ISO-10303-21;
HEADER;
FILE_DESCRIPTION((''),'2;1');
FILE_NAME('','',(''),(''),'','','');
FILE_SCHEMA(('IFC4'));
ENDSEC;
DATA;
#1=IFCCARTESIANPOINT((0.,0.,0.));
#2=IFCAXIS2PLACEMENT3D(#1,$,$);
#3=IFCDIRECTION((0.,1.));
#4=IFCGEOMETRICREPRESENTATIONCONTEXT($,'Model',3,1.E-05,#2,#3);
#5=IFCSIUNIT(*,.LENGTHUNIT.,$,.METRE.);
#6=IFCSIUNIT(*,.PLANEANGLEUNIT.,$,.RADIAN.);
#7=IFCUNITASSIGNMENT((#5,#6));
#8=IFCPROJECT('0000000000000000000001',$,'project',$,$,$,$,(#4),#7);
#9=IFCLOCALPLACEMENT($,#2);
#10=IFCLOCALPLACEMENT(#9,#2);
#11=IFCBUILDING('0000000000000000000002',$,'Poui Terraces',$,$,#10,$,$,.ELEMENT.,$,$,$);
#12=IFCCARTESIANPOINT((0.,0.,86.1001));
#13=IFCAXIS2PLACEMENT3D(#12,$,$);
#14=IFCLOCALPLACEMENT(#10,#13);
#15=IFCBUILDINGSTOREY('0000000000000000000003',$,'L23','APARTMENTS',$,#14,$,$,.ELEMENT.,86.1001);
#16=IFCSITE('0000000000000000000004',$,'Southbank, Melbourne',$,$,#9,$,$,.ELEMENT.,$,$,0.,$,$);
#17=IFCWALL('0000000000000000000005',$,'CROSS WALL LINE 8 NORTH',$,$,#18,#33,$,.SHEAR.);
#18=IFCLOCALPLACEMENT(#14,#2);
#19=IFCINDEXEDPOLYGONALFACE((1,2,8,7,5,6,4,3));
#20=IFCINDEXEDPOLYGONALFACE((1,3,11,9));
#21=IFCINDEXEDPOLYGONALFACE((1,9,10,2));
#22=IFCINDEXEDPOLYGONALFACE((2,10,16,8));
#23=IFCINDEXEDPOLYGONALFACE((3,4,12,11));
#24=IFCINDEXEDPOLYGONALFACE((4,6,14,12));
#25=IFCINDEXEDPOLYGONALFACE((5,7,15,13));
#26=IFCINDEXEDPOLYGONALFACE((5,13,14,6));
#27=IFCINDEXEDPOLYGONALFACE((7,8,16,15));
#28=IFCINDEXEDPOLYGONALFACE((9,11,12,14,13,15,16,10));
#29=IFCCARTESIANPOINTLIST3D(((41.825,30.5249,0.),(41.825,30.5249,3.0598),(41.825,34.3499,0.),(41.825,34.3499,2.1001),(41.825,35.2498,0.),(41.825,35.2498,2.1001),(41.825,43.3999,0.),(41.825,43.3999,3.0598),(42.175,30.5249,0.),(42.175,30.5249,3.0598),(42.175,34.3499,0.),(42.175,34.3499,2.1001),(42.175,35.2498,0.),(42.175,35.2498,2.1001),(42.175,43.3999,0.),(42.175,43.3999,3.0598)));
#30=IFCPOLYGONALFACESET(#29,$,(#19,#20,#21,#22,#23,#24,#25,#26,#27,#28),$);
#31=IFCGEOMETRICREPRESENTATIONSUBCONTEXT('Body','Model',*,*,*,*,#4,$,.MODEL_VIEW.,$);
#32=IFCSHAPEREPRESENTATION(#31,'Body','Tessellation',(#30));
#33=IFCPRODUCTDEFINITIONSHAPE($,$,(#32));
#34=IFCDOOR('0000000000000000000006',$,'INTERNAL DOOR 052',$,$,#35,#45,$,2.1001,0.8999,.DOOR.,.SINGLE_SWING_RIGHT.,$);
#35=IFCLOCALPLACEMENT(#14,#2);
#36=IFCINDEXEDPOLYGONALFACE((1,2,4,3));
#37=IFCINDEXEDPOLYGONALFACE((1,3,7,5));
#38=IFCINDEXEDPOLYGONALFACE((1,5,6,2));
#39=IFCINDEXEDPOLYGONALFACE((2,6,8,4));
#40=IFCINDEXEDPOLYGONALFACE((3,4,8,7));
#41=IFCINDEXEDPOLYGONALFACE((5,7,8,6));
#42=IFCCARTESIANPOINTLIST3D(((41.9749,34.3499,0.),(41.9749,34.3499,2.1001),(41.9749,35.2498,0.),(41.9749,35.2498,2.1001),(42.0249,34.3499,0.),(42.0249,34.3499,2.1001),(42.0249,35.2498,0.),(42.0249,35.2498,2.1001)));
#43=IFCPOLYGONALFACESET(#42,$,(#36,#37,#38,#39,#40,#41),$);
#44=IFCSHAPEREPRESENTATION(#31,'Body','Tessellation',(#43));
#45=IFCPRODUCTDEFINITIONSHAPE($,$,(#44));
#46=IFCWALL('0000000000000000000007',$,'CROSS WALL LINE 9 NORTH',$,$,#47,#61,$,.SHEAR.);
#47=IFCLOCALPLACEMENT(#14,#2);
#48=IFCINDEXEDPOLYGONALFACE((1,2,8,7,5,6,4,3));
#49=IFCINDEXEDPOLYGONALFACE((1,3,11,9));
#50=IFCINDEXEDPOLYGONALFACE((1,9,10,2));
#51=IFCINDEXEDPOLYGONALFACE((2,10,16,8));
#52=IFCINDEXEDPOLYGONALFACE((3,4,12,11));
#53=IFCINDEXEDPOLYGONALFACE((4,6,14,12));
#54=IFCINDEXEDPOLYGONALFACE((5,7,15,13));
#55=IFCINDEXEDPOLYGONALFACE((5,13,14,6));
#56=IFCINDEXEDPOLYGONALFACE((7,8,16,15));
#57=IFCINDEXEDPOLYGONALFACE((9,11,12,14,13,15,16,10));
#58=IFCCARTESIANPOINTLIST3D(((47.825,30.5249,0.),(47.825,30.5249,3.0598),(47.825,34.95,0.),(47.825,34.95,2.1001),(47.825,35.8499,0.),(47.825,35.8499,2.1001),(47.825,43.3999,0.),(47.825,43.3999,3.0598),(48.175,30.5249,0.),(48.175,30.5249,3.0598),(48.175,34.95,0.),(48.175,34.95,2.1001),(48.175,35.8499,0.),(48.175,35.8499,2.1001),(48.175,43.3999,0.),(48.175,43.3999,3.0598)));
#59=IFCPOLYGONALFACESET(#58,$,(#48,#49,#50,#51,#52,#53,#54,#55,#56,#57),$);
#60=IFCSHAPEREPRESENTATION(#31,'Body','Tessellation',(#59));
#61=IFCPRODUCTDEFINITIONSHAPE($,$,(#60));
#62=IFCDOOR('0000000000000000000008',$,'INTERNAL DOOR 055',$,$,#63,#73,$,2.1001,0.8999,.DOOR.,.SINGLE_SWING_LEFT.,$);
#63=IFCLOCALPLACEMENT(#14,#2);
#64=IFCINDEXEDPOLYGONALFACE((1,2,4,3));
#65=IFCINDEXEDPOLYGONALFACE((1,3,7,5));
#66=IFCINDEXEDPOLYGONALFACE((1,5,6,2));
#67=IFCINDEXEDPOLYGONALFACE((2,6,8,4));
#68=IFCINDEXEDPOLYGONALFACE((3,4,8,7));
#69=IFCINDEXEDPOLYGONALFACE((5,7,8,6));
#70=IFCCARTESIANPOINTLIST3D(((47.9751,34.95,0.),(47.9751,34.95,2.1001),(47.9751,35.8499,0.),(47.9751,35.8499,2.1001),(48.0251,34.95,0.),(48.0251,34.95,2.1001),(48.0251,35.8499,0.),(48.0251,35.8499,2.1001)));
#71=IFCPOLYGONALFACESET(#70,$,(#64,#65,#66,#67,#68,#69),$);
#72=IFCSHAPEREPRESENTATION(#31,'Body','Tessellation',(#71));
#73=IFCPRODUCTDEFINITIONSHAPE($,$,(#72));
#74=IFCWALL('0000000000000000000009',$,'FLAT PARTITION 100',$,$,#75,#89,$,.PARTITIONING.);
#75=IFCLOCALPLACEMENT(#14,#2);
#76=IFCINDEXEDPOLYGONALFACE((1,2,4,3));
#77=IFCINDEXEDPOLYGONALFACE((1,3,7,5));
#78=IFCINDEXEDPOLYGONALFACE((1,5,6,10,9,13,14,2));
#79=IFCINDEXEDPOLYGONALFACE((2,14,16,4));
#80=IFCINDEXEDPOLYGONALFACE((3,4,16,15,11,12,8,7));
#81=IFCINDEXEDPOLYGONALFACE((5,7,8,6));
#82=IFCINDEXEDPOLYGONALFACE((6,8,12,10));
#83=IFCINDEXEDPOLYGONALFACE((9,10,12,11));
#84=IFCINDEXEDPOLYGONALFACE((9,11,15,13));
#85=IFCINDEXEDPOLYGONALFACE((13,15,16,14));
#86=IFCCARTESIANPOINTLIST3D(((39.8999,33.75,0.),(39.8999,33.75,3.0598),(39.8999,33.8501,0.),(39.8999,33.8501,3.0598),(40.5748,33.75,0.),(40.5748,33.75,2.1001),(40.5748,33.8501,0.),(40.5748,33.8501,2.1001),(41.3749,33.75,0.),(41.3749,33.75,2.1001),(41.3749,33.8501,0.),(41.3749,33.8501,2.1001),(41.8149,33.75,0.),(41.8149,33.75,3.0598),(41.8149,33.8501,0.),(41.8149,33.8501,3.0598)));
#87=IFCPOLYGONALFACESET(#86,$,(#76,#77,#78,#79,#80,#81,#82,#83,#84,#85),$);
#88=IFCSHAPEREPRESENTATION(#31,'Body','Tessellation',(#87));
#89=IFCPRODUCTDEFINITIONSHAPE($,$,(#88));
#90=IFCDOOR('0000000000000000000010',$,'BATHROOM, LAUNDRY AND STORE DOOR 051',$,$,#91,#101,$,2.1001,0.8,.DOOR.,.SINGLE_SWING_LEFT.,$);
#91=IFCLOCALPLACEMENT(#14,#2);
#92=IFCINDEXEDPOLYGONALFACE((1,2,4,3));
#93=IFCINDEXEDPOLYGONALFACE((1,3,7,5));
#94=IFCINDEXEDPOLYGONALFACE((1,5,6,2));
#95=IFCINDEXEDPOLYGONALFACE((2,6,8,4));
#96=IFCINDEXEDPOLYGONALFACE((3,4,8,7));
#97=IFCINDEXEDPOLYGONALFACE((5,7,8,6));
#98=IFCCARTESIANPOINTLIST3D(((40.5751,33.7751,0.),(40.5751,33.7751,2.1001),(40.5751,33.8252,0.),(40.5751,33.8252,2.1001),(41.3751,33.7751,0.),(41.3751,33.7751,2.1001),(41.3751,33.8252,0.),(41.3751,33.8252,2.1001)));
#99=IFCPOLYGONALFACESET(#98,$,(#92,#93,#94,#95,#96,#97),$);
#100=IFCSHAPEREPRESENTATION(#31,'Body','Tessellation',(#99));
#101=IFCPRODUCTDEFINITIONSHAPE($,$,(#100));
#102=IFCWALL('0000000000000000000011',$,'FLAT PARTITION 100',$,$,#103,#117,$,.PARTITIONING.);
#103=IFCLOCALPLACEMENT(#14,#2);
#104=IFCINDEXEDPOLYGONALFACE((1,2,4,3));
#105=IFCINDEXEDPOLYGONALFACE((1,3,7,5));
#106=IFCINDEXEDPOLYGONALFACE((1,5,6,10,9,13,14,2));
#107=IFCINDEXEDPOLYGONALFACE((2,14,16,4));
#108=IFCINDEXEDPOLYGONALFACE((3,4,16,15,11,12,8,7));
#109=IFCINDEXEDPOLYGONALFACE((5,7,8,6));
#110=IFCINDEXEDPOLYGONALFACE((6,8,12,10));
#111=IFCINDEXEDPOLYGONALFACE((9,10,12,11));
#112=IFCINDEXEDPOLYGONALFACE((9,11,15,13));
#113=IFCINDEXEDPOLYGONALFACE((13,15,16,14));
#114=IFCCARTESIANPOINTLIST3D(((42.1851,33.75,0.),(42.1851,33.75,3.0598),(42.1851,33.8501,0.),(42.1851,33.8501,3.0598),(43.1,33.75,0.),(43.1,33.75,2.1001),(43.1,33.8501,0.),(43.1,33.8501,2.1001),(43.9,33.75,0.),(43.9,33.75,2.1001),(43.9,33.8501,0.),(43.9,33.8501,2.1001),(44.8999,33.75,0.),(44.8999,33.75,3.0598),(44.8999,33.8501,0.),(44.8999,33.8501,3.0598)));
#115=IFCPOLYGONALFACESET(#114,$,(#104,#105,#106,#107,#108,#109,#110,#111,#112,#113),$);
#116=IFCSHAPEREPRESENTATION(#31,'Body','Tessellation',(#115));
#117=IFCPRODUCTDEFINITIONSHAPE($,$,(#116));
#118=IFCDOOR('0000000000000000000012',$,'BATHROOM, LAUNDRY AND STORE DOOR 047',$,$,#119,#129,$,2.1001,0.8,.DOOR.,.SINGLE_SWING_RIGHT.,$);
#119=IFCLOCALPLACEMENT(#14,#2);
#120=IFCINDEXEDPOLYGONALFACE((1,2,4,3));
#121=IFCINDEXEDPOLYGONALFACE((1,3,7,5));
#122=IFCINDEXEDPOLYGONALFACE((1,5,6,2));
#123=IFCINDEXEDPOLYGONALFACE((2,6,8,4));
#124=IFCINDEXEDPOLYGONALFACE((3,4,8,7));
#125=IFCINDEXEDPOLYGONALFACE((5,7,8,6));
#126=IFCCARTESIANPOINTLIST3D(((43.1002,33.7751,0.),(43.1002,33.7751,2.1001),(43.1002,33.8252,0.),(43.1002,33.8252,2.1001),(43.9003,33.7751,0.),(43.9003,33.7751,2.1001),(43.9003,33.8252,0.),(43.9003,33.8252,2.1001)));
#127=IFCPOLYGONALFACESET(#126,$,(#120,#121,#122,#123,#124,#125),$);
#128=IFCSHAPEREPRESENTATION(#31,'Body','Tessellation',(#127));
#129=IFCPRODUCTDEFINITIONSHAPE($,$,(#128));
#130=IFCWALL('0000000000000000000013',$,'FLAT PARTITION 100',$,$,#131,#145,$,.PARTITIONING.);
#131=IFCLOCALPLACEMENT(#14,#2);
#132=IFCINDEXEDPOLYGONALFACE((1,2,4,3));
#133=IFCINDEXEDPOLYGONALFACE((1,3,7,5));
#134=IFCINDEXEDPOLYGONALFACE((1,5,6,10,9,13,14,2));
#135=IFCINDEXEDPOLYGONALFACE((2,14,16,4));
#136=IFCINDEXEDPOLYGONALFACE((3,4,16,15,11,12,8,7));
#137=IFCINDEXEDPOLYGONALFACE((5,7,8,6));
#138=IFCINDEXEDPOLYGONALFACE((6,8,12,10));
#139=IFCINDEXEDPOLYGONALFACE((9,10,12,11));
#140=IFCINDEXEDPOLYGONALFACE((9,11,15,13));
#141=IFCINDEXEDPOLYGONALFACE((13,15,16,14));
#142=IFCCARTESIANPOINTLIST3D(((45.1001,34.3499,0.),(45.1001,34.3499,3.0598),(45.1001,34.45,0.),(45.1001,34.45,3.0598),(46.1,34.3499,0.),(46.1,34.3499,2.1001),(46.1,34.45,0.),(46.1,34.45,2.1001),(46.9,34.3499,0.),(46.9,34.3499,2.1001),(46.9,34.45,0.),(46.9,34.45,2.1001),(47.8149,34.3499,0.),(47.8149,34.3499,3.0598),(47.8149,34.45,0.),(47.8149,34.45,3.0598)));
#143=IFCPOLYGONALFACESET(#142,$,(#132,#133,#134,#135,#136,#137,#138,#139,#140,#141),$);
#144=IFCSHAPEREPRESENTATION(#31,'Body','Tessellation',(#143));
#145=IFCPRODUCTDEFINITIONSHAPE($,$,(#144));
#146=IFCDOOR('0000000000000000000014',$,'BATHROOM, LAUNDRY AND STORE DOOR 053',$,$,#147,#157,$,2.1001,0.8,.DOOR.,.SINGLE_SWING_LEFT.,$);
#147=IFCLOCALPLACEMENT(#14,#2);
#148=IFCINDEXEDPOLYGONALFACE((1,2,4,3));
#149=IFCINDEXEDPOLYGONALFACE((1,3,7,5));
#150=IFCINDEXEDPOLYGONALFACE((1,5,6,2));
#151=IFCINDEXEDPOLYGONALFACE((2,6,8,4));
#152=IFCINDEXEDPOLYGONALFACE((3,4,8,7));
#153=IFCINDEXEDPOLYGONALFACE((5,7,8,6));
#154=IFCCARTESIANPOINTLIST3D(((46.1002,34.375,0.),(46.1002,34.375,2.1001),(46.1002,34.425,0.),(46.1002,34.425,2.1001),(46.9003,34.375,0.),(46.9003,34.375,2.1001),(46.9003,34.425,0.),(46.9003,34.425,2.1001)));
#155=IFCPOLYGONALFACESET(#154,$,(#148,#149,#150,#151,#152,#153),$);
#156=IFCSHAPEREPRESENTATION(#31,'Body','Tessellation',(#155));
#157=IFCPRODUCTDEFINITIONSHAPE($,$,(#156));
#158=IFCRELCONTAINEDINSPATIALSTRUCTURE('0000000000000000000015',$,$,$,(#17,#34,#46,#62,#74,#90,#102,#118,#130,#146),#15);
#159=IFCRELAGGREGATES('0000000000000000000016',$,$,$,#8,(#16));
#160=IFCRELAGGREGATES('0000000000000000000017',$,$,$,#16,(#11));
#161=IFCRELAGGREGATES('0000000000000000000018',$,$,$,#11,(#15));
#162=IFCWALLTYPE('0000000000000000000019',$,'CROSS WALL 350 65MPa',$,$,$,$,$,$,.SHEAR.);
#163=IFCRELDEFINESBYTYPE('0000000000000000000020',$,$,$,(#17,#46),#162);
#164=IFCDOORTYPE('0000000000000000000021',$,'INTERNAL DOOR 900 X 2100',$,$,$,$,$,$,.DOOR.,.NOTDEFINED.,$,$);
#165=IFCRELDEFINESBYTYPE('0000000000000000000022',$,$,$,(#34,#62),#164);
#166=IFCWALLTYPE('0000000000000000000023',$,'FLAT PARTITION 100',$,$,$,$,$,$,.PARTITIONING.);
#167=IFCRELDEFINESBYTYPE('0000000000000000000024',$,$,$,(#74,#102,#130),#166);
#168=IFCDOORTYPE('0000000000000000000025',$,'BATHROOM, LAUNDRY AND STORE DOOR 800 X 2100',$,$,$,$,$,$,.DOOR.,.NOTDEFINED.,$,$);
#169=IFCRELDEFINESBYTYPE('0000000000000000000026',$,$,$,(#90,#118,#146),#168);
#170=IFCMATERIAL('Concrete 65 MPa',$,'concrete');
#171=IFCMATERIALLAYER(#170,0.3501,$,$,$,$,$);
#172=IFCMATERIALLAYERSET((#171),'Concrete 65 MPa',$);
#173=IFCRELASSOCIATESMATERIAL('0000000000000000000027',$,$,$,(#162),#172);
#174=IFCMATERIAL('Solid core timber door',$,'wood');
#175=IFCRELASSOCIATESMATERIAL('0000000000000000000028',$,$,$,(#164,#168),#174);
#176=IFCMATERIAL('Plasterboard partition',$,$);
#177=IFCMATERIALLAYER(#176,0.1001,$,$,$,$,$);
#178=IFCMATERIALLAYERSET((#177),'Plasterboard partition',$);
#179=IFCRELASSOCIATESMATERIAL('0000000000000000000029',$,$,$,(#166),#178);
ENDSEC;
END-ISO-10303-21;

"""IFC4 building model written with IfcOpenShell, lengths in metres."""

from ifc_helpers import new_model, si_unit, direction, frame, frame_2d, origin, place, context, subcontext, project, spatial, rectangle, extrude, material, layer, layer_set, type_object, element, fill, save


model = new_model("IFC4")

# Units and contexts
model_context = context("Model", 3, precision=1e-05, world=origin(), true_north=direction((0.0, 1.0)))
body_context = subcontext(model_context, "Body", "Model", "MODEL_VIEW")
ifc_project = project(units=[si_unit("LENGTHUNIT", "METRE"), si_unit("PLANEANGLEUNIT", "RADIAN")], contexts=[model_context])

# Site, building, storey
site_placement = place(None, origin())
site = spatial("IfcSite", under=ifc_project, at=site_placement, Name="Southbank, Melbourne", CompositionType="ELEMENT", RefElevation=0.0)
building_placement = place(site_placement, origin())
building = spatial("IfcBuilding", under=site, at=building_placement, Name="Poui Terraces", CompositionType="ELEMENT")
storey_placement = place(building_placement, frame((0.0, 0.0, 86.1001)))
storey = spatial("IfcBuildingStorey", under=building, at=storey_placement, Name="L23", Description="APARTMENTS", CompositionType="ELEMENT", Elevation=86.1001)

# Walls, openings, doors
ifc_material_1 = material(Name="Concrete 65 MPa", Category="concrete")
ifc_layer_1 = layer(ifc_material_1, 0.3501)
ifc_layer_set_1 = layer_set([ifc_layer_1], Name="Concrete 65 MPa")
wall_type_1 = type_object("IfcWallType", Name="CROSS WALL 350 65MPa", PredefinedType="SHEAR", material=ifc_layer_set_1)
wall_1_placement = place(storey_placement, frame((42.0, 30.5249, 0.0), z_axis=(0.0, 0.0, 1.0), x_axis=(0.0, 1.0, 0.0)))
wall_1 = element("IfcWall", 1, at=wall_1_placement, inside=storey, type_object=wall_type_1, Name="CROSS WALL LINE 8 NORTH", PredefinedType="SHEAR", context=body_context, shape_type="SweptSolid", body=[
    extrude(rectangle(XDim=12.875, YDim=0.3501, at=frame_2d((6.4375, 0.0))), origin(), (0.0, 0.0, 1.0), 3.0598),
])
opening_1_placement = place(wall_1_placement, frame((3.825, 0.0, 0.0)))
opening_1 = element("IfcOpeningElement", 2, at=opening_1_placement, cuts=wall_1, PredefinedType="OPENING", context=body_context, shape_type="SweptSolid", body=[
    extrude(rectangle(XDim=0.8999, YDim=2.1001, at=frame_2d((0.45, 1.05))), frame((0.0, 0.1851, 0.0), z_axis=(0.0, -1.0, 0.0), x_axis=(1.0, 0.0, 0.0)), (0.0, 0.0, 1.0), 0.3701),
])
ifc_material_2 = material(Name="Solid core timber door", Category="wood")
door_type_1 = type_object("IfcDoorType", Name="INTERNAL DOOR 900 X 2100", OperationType="NOTDEFINED", PredefinedType="DOOR", material=ifc_material_2)
door_1_placement = place(opening_1_placement, frame((0.8999, 0.0, 0.0), z_axis=(0.0, 0.0, 1.0), x_axis=(-1.0, 0.0, 0.0)))
door_1 = element("IfcDoor", 3, at=door_1_placement, inside=storey, type_object=door_type_1, Name="INTERNAL DOOR 052", OperationType="SINGLE_SWING_RIGHT", OverallHeight=2.1001, OverallWidth=0.8999, PredefinedType="DOOR", context=body_context, shape_type="SweptSolid", body=[
    extrude(rectangle(XDim=0.8999, YDim=2.1001, at=frame_2d((0.45, 1.05))), frame((0.0, 0.0249, 0.0), z_axis=(0.0, -1.0, 0.0), x_axis=(1.0, 0.0, 0.0)), (0.0, 0.0, 1.0), 0.05),
])
fill(opening_1, door_1)
wall_2_placement = place(storey_placement, frame((48.0, 30.5249, 0.0), z_axis=(0.0, 0.0, 1.0), x_axis=(0.0, 1.0, 0.0)))
wall_2 = element("IfcWall", 4, at=wall_2_placement, inside=storey, type_object=wall_type_1, Name="CROSS WALL LINE 9 NORTH", PredefinedType="SHEAR", context=body_context, shape_type="SweptSolid", body=[
    extrude(rectangle(XDim=12.875, YDim=0.3501, at=frame_2d((6.4375, 0.0))), origin(), (0.0, 0.0, 1.0), 3.0598),
])
opening_2_placement = place(wall_2_placement, frame((4.425, 0.0, 0.0)))
opening_2 = element("IfcOpeningElement", 5, at=opening_2_placement, cuts=wall_2, PredefinedType="OPENING", context=body_context, shape_type="SweptSolid", body=[
    extrude(rectangle(XDim=0.8999, YDim=2.1001, at=frame_2d((0.45, 1.05))), frame((0.0, 0.1851, 0.0), z_axis=(0.0, -1.0, 0.0), x_axis=(1.0, 0.0, 0.0)), (0.0, 0.0, 1.0), 0.3701),
])
door_2_placement = place(opening_2_placement, origin())
door_2 = element("IfcDoor", 6, at=door_2_placement, inside=storey, type_object=door_type_1, Name="INTERNAL DOOR 055", OperationType="SINGLE_SWING_LEFT", OverallHeight=2.1001, OverallWidth=0.8999, PredefinedType="DOOR", context=body_context, shape_type="SweptSolid", body=[
    extrude(rectangle(XDim=0.8999, YDim=2.1001, at=frame_2d((0.45, 1.05))), frame((0.0, 0.0249, 0.0), z_axis=(0.0, -1.0, 0.0), x_axis=(1.0, 0.0, 0.0)), (0.0, 0.0, 1.0), 0.05),
])
fill(opening_2, door_2)
ifc_material_3 = material(Name="Plasterboard partition")
ifc_layer_2 = layer(ifc_material_3, 0.1001)
ifc_layer_set_2 = layer_set([ifc_layer_2], Name="Plasterboard partition")
wall_type_2 = type_object("IfcWallType", Name="FLAT PARTITION 100", PredefinedType="PARTITIONING", material=ifc_layer_set_2)
wall_3_placement = place(storey_placement, frame((39.8999, 33.8, 0.0), z_axis=(0.0, 0.0, 1.0), x_axis=(1.0, 0.0, 0.0)))
wall_3 = element("IfcWall", 7, at=wall_3_placement, inside=storey, type_object=wall_type_2, Name="FLAT PARTITION 100", PredefinedType="PARTITIONING", context=body_context, shape_type="SweptSolid", body=[
    extrude(rectangle(XDim=1.915, YDim=0.1001, at=frame_2d((0.9575, 0.0))), origin(), (0.0, 0.0, 1.0), 3.0598),
])
opening_3_placement = place(wall_3_placement, frame((0.675, 0.0, 0.0)))
opening_3 = element("IfcOpeningElement", 8, at=opening_3_placement, cuts=wall_3, PredefinedType="OPENING", context=body_context, shape_type="SweptSolid", body=[
    extrude(rectangle(XDim=0.8, YDim=2.1001, at=frame_2d((0.3999, 1.05))), frame((0.0, 0.0601, 0.0), z_axis=(0.0, -1.0, 0.0), x_axis=(1.0, 0.0, 0.0)), (0.0, 0.0, 1.0), 0.1201),
])
door_type_2 = type_object("IfcDoorType", Name="BATHROOM, LAUNDRY AND STORE DOOR 800 X 2100", OperationType="NOTDEFINED", PredefinedType="DOOR", material=ifc_material_2)
door_3_placement = place(opening_3_placement, frame((0.8, 0.0, 0.0), z_axis=(0.0, 0.0, 1.0), x_axis=(-1.0, 0.0, 0.0)))
door_3 = element("IfcDoor", 9, at=door_3_placement, inside=storey, type_object=door_type_2, Name="BATHROOM, LAUNDRY AND STORE DOOR 051", OperationType="SINGLE_SWING_LEFT", OverallHeight=2.1001, OverallWidth=0.8, PredefinedType="DOOR", context=body_context, shape_type="SweptSolid", body=[
    extrude(rectangle(XDim=0.8, YDim=2.1001, at=frame_2d((0.3999, 1.05))), frame((0.0, 0.0249, 0.0), z_axis=(0.0, -1.0, 0.0), x_axis=(1.0, 0.0, 0.0)), (0.0, 0.0, 1.0), 0.05),
])
fill(opening_3, door_3)
wall_4_placement = place(storey_placement, frame((42.1851, 33.8, 0.0), z_axis=(0.0, 0.0, 1.0), x_axis=(1.0, 0.0, 0.0)))
wall_4 = element("IfcWall", 10, at=wall_4_placement, inside=storey, type_object=wall_type_2, Name="FLAT PARTITION 100", PredefinedType="PARTITIONING", context=body_context, shape_type="SweptSolid", body=[
    extrude(rectangle(XDim=2.7148, YDim=0.1001, at=frame_2d((1.3574, 0.0))), origin(), (0.0, 0.0, 1.0), 3.0598),
])
opening_4_placement = place(wall_4_placement, frame((0.915, 0.0, 0.0)))
opening_4 = element("IfcOpeningElement", 11, at=opening_4_placement, cuts=wall_4, PredefinedType="OPENING", context=body_context, shape_type="SweptSolid", body=[
    extrude(rectangle(XDim=0.8, YDim=2.1001, at=frame_2d((0.3999, 1.05))), frame((0.0, 0.0601, 0.0), z_axis=(0.0, -1.0, 0.0), x_axis=(1.0, 0.0, 0.0)), (0.0, 0.0, 1.0), 0.1201),
])
door_4_placement = place(opening_4_placement, frame((0.8, 0.0, 0.0), z_axis=(0.0, 0.0, 1.0), x_axis=(-1.0, 0.0, 0.0)))
door_4 = element("IfcDoor", 12, at=door_4_placement, inside=storey, type_object=door_type_2, Name="BATHROOM, LAUNDRY AND STORE DOOR 047", OperationType="SINGLE_SWING_RIGHT", OverallHeight=2.1001, OverallWidth=0.8, PredefinedType="DOOR", context=body_context, shape_type="SweptSolid", body=[
    extrude(rectangle(XDim=0.8, YDim=2.1001, at=frame_2d((0.3999, 1.05))), frame((0.0, 0.0249, 0.0), z_axis=(0.0, -1.0, 0.0), x_axis=(1.0, 0.0, 0.0)), (0.0, 0.0, 1.0), 0.05),
])
fill(opening_4, door_4)
wall_5_placement = place(storey_placement, frame((45.1001, 34.3999, 0.0), z_axis=(0.0, 0.0, 1.0), x_axis=(1.0, 0.0, 0.0)))
wall_5 = element("IfcWall", 13, at=wall_5_placement, inside=storey, type_object=wall_type_2, Name="FLAT PARTITION 100", PredefinedType="PARTITIONING", context=body_context, shape_type="SweptSolid", body=[
    extrude(rectangle(XDim=2.7148, YDim=0.1001, at=frame_2d((1.3574, 0.0))), origin(), (0.0, 0.0, 1.0), 3.0598),
])
opening_5_placement = place(wall_5_placement, frame((1.0, 0.0, 0.0)))
opening_5 = element("IfcOpeningElement", 14, at=opening_5_placement, cuts=wall_5, PredefinedType="OPENING", context=body_context, shape_type="SweptSolid", body=[
    extrude(rectangle(XDim=0.8, YDim=2.1001, at=frame_2d((0.3999, 1.05))), frame((0.0, 0.0601, 0.0), z_axis=(0.0, -1.0, 0.0), x_axis=(1.0, 0.0, 0.0)), (0.0, 0.0, 1.0), 0.1201),
])
door_5_placement = place(opening_5_placement, frame((0.8, 0.0, 0.0), z_axis=(0.0, 0.0, 1.0), x_axis=(-1.0, 0.0, 0.0)))
door_5 = element("IfcDoor", 15, at=door_5_placement, inside=storey, type_object=door_type_2, Name="BATHROOM, LAUNDRY AND STORE DOOR 053", OperationType="SINGLE_SWING_LEFT", OverallHeight=2.1001, OverallWidth=0.8, PredefinedType="DOOR", context=body_context, shape_type="SweptSolid", body=[
    extrude(rectangle(XDim=0.8, YDim=2.1001, at=frame_2d((0.3999, 1.05))), frame((0.0, 0.0249, 0.0), z_axis=(0.0, -1.0, 0.0), x_axis=(1.0, 0.0, 0.0)), (0.0, 0.0, 1.0), 0.05),
])
fill(opening_5, door_5)

save(model, "model.ifc")
